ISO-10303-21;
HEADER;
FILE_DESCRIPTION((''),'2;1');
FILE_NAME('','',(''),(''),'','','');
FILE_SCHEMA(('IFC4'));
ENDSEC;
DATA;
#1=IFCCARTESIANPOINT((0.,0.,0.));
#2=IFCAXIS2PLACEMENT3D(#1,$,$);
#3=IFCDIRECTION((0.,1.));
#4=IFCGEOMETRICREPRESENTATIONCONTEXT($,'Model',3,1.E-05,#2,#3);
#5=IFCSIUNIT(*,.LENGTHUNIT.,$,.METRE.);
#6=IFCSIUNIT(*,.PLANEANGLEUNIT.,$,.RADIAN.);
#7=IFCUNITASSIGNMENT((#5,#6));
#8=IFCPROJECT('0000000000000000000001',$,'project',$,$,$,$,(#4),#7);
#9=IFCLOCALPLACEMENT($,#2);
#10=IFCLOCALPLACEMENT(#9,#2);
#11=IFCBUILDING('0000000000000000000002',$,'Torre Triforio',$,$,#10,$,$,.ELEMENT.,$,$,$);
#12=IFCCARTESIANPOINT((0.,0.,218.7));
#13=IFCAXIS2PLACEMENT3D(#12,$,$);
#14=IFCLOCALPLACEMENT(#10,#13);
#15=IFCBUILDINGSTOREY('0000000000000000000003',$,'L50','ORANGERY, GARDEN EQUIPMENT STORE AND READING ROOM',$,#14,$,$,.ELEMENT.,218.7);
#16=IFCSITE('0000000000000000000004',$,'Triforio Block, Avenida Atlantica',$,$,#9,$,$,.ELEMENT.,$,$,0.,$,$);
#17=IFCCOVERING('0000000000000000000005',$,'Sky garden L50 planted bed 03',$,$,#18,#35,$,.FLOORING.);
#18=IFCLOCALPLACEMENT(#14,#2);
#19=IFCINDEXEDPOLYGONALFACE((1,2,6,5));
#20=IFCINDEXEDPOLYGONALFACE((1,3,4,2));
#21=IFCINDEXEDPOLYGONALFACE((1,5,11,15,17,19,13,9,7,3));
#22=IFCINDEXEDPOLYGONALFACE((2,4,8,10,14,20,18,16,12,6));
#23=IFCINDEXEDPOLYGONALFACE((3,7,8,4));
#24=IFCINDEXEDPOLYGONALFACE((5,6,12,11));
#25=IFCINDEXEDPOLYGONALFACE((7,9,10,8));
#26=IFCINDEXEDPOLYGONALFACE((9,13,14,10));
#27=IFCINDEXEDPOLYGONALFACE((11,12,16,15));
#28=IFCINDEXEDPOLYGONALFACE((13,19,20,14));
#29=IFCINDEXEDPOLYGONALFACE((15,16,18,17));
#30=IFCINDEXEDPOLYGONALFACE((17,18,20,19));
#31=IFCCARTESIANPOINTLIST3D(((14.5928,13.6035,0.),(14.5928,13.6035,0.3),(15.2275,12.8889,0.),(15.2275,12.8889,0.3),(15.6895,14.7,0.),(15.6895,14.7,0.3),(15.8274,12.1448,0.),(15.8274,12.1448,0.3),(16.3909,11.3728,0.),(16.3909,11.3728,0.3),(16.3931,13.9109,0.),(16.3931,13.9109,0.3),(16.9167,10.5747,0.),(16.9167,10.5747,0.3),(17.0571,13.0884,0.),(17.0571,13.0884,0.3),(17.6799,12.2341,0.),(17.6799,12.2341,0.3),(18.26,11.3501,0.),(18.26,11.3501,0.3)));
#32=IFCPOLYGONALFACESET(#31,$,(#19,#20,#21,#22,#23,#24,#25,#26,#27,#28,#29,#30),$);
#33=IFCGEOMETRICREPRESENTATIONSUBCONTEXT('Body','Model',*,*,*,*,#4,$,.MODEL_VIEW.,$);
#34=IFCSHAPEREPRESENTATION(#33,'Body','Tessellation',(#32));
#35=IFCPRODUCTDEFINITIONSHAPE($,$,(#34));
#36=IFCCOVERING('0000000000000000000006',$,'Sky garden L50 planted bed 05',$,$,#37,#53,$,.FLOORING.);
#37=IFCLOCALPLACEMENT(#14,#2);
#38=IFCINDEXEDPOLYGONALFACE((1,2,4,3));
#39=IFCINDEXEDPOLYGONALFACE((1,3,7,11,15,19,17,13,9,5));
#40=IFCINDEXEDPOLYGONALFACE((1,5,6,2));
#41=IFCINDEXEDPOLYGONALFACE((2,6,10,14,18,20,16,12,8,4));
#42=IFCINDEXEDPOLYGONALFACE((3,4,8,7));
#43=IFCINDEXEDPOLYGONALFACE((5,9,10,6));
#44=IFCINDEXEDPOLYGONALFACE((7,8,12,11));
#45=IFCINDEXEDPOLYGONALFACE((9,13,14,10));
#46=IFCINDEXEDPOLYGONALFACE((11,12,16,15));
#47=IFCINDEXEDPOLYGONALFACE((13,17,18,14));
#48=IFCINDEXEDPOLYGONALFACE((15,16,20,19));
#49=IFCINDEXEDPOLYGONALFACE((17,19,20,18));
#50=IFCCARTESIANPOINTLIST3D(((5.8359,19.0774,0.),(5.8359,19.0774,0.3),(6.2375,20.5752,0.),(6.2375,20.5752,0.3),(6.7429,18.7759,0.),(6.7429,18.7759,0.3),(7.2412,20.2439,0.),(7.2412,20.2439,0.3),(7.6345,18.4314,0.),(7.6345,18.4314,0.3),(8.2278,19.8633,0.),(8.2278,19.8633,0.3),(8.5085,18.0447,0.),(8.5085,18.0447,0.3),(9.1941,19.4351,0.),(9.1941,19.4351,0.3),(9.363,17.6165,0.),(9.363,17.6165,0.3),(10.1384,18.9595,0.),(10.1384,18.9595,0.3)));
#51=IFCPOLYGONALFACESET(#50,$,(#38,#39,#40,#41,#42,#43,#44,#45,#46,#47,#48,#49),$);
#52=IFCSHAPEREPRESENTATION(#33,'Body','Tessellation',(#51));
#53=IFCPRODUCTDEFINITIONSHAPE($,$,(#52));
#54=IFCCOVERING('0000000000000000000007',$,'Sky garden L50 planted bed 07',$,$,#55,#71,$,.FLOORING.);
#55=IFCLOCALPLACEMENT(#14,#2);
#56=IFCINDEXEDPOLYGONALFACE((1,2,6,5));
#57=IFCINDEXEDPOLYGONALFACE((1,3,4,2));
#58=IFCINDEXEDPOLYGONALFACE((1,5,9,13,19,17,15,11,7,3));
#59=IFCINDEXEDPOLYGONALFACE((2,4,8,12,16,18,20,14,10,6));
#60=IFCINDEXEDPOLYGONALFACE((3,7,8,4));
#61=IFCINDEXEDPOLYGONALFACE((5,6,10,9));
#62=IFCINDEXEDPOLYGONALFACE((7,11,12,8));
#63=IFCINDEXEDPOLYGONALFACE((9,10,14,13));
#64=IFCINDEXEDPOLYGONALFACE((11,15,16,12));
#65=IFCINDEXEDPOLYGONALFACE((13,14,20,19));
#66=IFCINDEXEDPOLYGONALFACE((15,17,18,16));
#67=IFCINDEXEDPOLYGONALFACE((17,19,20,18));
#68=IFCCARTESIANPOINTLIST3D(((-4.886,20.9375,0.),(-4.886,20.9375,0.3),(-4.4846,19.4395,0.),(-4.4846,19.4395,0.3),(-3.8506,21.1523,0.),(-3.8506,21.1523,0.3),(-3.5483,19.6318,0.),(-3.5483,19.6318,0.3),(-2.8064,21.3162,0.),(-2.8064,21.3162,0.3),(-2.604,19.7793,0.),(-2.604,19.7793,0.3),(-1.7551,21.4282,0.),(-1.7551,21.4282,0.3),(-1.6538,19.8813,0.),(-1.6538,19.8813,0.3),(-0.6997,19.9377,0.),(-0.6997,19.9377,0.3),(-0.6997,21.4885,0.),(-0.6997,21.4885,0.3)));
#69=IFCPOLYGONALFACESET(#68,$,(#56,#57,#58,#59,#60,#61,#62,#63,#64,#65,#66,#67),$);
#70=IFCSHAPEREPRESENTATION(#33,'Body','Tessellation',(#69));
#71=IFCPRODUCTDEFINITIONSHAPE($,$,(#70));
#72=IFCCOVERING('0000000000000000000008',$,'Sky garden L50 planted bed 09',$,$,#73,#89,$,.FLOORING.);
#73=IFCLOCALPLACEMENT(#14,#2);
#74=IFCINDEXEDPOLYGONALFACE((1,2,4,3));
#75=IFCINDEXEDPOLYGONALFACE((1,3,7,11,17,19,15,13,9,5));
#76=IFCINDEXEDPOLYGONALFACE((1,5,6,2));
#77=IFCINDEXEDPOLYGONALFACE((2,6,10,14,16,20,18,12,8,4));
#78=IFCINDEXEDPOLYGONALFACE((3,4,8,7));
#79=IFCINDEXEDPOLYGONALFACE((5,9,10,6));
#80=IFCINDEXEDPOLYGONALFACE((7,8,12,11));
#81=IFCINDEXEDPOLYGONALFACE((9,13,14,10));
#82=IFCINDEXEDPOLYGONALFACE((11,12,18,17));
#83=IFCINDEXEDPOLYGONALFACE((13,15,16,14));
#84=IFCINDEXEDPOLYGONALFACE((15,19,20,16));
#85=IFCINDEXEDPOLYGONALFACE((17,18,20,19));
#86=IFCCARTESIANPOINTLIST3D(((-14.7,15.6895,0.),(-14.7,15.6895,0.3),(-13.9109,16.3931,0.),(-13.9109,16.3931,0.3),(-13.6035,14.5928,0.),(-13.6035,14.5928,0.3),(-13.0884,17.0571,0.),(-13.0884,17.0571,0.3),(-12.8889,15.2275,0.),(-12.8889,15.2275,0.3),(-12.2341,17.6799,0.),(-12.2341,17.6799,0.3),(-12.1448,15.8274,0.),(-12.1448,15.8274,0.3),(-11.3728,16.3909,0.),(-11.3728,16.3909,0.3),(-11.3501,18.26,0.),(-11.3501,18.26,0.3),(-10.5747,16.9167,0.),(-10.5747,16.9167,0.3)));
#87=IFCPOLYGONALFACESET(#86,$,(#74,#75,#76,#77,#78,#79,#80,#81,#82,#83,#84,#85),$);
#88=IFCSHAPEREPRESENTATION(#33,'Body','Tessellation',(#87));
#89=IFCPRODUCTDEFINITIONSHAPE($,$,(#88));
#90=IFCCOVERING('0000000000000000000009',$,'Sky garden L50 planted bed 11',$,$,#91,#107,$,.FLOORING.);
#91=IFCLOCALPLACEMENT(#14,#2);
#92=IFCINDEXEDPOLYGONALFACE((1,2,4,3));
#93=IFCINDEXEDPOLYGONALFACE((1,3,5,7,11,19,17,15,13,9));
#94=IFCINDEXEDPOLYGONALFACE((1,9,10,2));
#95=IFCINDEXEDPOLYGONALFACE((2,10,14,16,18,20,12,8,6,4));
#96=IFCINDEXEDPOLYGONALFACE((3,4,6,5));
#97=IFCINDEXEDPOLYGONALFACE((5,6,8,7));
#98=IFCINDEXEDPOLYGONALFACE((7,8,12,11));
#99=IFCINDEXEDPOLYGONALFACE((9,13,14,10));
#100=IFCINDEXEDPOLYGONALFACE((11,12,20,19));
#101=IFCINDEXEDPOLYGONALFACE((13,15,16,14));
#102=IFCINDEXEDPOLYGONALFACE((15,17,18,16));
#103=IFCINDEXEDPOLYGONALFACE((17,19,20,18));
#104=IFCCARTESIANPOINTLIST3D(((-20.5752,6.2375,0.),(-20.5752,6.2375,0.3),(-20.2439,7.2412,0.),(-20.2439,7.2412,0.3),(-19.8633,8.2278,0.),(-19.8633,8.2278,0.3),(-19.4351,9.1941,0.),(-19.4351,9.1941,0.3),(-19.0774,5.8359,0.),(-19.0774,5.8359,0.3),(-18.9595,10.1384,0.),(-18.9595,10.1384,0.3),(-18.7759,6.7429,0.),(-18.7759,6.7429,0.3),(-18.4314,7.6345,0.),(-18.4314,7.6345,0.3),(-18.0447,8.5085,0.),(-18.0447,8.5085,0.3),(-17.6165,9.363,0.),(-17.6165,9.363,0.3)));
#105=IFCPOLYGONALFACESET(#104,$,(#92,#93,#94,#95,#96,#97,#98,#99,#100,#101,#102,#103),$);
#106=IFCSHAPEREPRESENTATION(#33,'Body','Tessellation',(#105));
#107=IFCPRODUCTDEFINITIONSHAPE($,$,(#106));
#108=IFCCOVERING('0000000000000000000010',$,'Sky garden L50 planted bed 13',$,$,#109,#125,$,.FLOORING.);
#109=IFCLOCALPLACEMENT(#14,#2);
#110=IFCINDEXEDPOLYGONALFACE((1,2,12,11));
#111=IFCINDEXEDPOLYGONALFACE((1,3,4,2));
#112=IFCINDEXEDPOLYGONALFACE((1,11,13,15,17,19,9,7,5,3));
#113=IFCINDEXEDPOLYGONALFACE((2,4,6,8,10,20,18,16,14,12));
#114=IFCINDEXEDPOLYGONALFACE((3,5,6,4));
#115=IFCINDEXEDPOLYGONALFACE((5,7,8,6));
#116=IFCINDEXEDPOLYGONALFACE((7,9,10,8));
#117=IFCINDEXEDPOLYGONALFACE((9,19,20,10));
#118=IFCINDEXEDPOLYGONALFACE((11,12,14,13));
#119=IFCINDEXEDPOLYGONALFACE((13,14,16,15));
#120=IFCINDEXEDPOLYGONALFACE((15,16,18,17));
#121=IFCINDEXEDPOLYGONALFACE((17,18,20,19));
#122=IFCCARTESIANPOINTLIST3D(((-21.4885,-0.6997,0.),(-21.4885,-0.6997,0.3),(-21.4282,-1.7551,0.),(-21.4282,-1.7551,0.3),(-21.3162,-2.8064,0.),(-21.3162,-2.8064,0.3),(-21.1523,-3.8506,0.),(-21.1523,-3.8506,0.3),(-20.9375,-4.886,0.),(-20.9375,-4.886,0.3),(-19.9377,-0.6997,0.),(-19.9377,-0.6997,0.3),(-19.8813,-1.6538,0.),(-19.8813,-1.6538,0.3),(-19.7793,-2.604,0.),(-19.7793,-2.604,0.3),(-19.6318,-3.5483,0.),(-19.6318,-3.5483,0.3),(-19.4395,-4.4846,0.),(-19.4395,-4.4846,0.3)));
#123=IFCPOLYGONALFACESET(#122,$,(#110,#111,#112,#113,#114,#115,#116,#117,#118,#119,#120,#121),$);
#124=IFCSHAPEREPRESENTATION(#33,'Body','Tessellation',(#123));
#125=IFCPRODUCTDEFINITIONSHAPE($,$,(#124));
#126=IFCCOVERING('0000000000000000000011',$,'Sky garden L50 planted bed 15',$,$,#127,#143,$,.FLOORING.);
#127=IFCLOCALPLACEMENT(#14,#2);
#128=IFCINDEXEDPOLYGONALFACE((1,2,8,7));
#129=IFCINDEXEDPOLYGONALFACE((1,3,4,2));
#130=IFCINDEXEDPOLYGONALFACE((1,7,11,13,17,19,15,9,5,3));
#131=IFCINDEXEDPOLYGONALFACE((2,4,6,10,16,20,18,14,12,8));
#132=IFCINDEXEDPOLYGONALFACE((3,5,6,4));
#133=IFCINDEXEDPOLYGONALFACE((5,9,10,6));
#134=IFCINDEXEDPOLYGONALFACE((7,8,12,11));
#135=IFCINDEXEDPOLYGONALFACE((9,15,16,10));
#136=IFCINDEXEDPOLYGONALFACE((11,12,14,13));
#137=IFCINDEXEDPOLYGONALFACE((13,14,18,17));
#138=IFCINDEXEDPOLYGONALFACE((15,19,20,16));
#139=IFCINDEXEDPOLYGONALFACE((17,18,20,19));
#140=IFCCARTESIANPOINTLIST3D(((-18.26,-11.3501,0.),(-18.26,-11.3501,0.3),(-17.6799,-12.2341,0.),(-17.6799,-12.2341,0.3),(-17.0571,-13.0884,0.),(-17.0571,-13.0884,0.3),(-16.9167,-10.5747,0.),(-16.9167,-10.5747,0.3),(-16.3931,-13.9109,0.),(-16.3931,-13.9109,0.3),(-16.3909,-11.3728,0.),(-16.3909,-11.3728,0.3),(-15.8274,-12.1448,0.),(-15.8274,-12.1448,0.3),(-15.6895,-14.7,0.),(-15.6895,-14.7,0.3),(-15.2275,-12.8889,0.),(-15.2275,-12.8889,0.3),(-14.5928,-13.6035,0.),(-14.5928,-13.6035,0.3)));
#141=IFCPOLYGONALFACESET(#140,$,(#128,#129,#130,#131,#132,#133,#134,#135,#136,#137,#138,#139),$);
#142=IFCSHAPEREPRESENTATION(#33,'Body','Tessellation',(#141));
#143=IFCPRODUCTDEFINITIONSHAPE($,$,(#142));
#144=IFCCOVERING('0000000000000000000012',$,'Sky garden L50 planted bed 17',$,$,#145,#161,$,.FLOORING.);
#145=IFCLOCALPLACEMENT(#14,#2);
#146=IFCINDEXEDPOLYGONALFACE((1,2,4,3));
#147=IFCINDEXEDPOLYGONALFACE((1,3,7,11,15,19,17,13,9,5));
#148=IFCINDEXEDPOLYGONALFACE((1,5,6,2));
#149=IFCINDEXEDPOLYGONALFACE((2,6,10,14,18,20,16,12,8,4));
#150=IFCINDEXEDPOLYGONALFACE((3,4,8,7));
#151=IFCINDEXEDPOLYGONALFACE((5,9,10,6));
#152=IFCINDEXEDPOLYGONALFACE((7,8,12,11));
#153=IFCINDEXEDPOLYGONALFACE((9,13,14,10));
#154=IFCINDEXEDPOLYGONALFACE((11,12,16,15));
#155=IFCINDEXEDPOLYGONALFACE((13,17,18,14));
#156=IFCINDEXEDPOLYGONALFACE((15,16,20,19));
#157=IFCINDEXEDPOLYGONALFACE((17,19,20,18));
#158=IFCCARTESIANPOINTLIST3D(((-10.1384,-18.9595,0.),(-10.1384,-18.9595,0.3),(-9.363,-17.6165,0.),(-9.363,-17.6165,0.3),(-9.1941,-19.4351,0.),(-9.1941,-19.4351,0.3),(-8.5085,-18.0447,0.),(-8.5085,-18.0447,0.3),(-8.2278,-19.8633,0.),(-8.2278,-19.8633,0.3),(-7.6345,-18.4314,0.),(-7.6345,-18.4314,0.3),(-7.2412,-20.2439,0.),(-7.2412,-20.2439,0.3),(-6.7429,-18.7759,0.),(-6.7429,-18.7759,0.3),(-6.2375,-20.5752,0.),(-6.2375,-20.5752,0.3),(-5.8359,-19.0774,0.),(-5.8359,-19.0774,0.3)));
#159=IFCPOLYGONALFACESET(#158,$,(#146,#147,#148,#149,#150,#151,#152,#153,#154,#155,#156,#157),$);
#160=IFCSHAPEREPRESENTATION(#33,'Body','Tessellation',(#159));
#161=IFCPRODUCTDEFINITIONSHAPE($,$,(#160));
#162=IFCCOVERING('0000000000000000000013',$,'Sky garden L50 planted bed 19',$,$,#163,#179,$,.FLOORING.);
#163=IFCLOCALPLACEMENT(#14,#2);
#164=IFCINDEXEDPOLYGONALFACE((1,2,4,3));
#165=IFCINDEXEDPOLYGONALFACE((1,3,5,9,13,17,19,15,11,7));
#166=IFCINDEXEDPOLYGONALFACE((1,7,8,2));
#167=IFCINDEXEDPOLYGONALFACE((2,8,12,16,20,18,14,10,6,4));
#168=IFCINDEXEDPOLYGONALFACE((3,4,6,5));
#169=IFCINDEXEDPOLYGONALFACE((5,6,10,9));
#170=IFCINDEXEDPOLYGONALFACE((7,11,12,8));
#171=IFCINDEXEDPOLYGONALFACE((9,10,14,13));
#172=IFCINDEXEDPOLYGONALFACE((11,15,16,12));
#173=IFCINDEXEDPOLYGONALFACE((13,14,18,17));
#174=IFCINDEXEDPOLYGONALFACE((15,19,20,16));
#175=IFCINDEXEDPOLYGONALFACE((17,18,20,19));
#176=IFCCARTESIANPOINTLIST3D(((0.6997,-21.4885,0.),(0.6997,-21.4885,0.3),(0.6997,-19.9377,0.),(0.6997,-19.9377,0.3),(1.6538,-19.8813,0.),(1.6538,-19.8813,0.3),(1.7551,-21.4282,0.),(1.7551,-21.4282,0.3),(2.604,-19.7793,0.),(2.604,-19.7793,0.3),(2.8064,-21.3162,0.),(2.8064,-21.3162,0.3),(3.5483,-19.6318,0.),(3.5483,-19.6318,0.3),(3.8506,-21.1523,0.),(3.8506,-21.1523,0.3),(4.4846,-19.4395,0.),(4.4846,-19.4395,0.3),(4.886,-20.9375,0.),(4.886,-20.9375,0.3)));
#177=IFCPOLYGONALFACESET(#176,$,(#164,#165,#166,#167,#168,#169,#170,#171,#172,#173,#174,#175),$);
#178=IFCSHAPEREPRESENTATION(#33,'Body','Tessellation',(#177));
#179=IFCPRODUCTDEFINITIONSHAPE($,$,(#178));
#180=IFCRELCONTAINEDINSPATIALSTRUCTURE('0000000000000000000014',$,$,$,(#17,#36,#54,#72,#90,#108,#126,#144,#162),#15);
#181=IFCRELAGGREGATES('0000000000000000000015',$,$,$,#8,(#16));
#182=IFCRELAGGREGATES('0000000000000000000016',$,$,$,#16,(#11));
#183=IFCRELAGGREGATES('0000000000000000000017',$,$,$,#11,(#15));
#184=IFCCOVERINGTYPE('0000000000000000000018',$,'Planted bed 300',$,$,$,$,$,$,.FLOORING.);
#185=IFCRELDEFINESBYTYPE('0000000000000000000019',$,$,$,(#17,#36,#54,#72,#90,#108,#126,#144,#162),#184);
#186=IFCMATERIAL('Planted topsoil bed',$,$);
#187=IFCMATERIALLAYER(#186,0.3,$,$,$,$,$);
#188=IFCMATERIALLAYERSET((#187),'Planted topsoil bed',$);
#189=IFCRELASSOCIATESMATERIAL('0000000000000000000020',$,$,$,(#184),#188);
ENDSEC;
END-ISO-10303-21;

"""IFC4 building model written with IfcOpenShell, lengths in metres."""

from ifc_helpers import new_model, si_unit, direction, frame, origin, place, context, subcontext, project, spatial, polyline, outline, extrude, material, layer, layer_set, type_object, element, save


model = new_model("IFC4")

# Units and contexts
model_context = context("Model", 3, precision=1e-05, world=origin(), true_north=direction((0.0, 1.0)))
body_context = subcontext(model_context, "Body", "Model", "MODEL_VIEW")
ifc_project = project(units=[si_unit("LENGTHUNIT", "METRE"), si_unit("PLANEANGLEUNIT", "RADIAN")], contexts=[model_context])

# Site, building, storey
site_placement = place(None, origin())
site = spatial("IfcSite", under=ifc_project, at=site_placement, Name="Triforio Block, Avenida Atlantica", CompositionType="ELEMENT", RefElevation=0.0)
building_placement = place(site_placement, origin())
building = spatial("IfcBuilding", under=site, at=building_placement, Name="Torre Triforio", CompositionType="ELEMENT")
storey_placement = place(building_placement, frame((0.0, 0.0, 218.7)))
storey = spatial("IfcBuildingStorey", under=building, at=storey_placement, Name="L50", Description="ORANGERY, GARDEN EQUIPMENT STORE AND READING ROOM", CompositionType="ELEMENT", Elevation=218.7)

# Coverings
ifc_material_1 = material(Name="Planted topsoil bed")
ifc_layer_1 = layer(ifc_material_1, 0.3)
ifc_layer_set_1 = layer_set([ifc_layer_1], Name="Planted topsoil bed")
covering_type = type_object("IfcCoveringType", Name="Planted bed 300", PredefinedType="FLOORING", material=ifc_layer_set_1)
covering_1_placement = place(storey_placement, origin())
element("IfcCovering", 1, at=covering_1_placement, inside=storey, type_object=covering_type, Name="Sky garden L50 planted bed 03", PredefinedType="FLOORING", context=body_context, shape_type="SweptSolid", body=[
    extrude(outline(polyline([(16.9167, 10.5747), (16.3909, 11.3728), (15.8274, 12.1448), (15.2275, 12.8889), (14.5928, 13.6035), (15.6895, 14.7), (16.3931, 13.9109), (17.0571, 13.0884), (17.6799, 12.2341), (18.26, 11.3501), (16.9167, 10.5747)])), origin(), (0.0, 0.0, 1.0), 0.3),
])
covering_2_placement = place(storey_placement, origin())
element("IfcCovering", 2, at=covering_2_placement, inside=storey, type_object=covering_type, Name="Sky garden L50 planted bed 05", PredefinedType="FLOORING", context=body_context, shape_type="SweptSolid", body=[
    extrude(outline(polyline([(9.363, 17.6165), (8.5085, 18.0447), (7.6345, 18.4314), (6.7429, 18.7759), (5.8359, 19.0774), (6.2375, 20.5752), (7.2412, 20.2439), (8.2278, 19.8633), (9.1941, 19.4351), (10.1384, 18.9595), (9.363, 17.6165)])), origin(), (0.0, 0.0, 1.0), 0.3),
])
covering_3_placement = place(storey_placement, origin())
element("IfcCovering", 3, at=covering_3_placement, inside=storey, type_object=covering_type, Name="Sky garden L50 planted bed 07", PredefinedType="FLOORING", context=body_context, shape_type="SweptSolid", body=[
    extrude(outline(polyline([(-0.6997, 19.9377), (-1.6538, 19.8813), (-2.604, 19.7793), (-3.5483, 19.6318), (-4.4846, 19.4395), (-4.886, 20.9375), (-3.8506, 21.1523), (-2.8064, 21.3162), (-1.7551, 21.4282), (-0.6997, 21.4885), (-0.6997, 19.9377)])), origin(), (0.0, 0.0, 1.0), 0.3),
])
covering_4_placement = place(storey_placement, origin())
element("IfcCovering", 4, at=covering_4_placement, inside=storey, type_object=covering_type, Name="Sky garden L50 planted bed 09", PredefinedType="FLOORING", context=body_context, shape_type="SweptSolid", body=[
    extrude(outline(polyline([(-10.5747, 16.9167), (-11.3728, 16.3909), (-12.1448, 15.8274), (-12.8889, 15.2275), (-13.6035, 14.5928), (-14.7, 15.6895), (-13.9109, 16.3931), (-13.0884, 17.0571), (-12.2341, 17.6799), (-11.3501, 18.26), (-10.5747, 16.9167)])), origin(), (0.0, 0.0, 1.0), 0.3),
])
covering_5_placement = place(storey_placement, origin())
element("IfcCovering", 5, at=covering_5_placement, inside=storey, type_object=covering_type, Name="Sky garden L50 planted bed 11", PredefinedType="FLOORING", context=body_context, shape_type="SweptSolid", body=[
    extrude(outline(polyline([(-17.6165, 9.363), (-18.0447, 8.5085), (-18.4314, 7.6345), (-18.7759, 6.7429), (-19.0774, 5.8359), (-20.5752, 6.2375), (-20.2439, 7.2412), (-19.8633, 8.2278), (-19.4351, 9.1941), (-18.9595, 10.1384), (-17.6165, 9.363)])), origin(), (0.0, 0.0, 1.0), 0.3),
])
covering_6_placement = place(storey_placement, origin())
element("IfcCovering", 6, at=covering_6_placement, inside=storey, type_object=covering_type, Name="Sky garden L50 planted bed 13", PredefinedType="FLOORING", context=body_context, shape_type="SweptSolid", body=[
    extrude(outline(polyline([(-19.9377, -0.6997), (-19.8813, -1.6538), (-19.7793, -2.604), (-19.6318, -3.5483), (-19.4395, -4.4846), (-20.9375, -4.886), (-21.1523, -3.8506), (-21.3162, -2.8064), (-21.4282, -1.7551), (-21.4885, -0.6997), (-19.9377, -0.6997)])), origin(), (0.0, 0.0, 1.0), 0.3),
])
covering_7_placement = place(storey_placement, origin())
element("IfcCovering", 7, at=covering_7_placement, inside=storey, type_object=covering_type, Name="Sky garden L50 planted bed 15", PredefinedType="FLOORING", context=body_context, shape_type="SweptSolid", body=[
    extrude(outline(polyline([(-16.9167, -10.5747), (-16.3909, -11.3728), (-15.8274, -12.1448), (-15.2275, -12.8889), (-14.5928, -13.6035), (-15.6895, -14.7), (-16.3931, -13.9109), (-17.0571, -13.0884), (-17.6799, -12.2341), (-18.26, -11.3501), (-16.9167, -10.5747)])), origin(), (0.0, 0.0, 1.0), 0.3),
])
covering_8_placement = place(storey_placement, origin())
element("IfcCovering", 8, at=covering_8_placement, inside=storey, type_object=covering_type, Name="Sky garden L50 planted bed 17", PredefinedType="FLOORING", context=body_context, shape_type="SweptSolid", body=[
    extrude(outline(polyline([(-9.363, -17.6165), (-8.5085, -18.0447), (-7.6345, -18.4314), (-6.7429, -18.7759), (-5.8359, -19.0774), (-6.2375, -20.5752), (-7.2412, -20.2439), (-8.2278, -19.8633), (-9.1941, -19.4351), (-10.1384, -18.9595), (-9.363, -17.6165)])), origin(), (0.0, 0.0, 1.0), 0.3),
])
covering_9_placement = place(storey_placement, origin())
element("IfcCovering", 9, at=covering_9_placement, inside=storey, type_object=covering_type, Name="Sky garden L50 planted bed 19", PredefinedType="FLOORING", context=body_context, shape_type="SweptSolid", body=[
    extrude(outline(polyline([(0.6997, -19.9377), (1.6538, -19.8813), (2.604, -19.7793), (3.5483, -19.6318), (4.4846, -19.4395), (4.886, -20.9375), (3.8506, -21.1523), (2.8064, -21.3162), (1.7551, -21.4282), (0.6997, -21.4885), (0.6997, -19.9377)])), origin(), (0.0, 0.0, 1.0), 0.3),
])

save(model, "model.ifc")
